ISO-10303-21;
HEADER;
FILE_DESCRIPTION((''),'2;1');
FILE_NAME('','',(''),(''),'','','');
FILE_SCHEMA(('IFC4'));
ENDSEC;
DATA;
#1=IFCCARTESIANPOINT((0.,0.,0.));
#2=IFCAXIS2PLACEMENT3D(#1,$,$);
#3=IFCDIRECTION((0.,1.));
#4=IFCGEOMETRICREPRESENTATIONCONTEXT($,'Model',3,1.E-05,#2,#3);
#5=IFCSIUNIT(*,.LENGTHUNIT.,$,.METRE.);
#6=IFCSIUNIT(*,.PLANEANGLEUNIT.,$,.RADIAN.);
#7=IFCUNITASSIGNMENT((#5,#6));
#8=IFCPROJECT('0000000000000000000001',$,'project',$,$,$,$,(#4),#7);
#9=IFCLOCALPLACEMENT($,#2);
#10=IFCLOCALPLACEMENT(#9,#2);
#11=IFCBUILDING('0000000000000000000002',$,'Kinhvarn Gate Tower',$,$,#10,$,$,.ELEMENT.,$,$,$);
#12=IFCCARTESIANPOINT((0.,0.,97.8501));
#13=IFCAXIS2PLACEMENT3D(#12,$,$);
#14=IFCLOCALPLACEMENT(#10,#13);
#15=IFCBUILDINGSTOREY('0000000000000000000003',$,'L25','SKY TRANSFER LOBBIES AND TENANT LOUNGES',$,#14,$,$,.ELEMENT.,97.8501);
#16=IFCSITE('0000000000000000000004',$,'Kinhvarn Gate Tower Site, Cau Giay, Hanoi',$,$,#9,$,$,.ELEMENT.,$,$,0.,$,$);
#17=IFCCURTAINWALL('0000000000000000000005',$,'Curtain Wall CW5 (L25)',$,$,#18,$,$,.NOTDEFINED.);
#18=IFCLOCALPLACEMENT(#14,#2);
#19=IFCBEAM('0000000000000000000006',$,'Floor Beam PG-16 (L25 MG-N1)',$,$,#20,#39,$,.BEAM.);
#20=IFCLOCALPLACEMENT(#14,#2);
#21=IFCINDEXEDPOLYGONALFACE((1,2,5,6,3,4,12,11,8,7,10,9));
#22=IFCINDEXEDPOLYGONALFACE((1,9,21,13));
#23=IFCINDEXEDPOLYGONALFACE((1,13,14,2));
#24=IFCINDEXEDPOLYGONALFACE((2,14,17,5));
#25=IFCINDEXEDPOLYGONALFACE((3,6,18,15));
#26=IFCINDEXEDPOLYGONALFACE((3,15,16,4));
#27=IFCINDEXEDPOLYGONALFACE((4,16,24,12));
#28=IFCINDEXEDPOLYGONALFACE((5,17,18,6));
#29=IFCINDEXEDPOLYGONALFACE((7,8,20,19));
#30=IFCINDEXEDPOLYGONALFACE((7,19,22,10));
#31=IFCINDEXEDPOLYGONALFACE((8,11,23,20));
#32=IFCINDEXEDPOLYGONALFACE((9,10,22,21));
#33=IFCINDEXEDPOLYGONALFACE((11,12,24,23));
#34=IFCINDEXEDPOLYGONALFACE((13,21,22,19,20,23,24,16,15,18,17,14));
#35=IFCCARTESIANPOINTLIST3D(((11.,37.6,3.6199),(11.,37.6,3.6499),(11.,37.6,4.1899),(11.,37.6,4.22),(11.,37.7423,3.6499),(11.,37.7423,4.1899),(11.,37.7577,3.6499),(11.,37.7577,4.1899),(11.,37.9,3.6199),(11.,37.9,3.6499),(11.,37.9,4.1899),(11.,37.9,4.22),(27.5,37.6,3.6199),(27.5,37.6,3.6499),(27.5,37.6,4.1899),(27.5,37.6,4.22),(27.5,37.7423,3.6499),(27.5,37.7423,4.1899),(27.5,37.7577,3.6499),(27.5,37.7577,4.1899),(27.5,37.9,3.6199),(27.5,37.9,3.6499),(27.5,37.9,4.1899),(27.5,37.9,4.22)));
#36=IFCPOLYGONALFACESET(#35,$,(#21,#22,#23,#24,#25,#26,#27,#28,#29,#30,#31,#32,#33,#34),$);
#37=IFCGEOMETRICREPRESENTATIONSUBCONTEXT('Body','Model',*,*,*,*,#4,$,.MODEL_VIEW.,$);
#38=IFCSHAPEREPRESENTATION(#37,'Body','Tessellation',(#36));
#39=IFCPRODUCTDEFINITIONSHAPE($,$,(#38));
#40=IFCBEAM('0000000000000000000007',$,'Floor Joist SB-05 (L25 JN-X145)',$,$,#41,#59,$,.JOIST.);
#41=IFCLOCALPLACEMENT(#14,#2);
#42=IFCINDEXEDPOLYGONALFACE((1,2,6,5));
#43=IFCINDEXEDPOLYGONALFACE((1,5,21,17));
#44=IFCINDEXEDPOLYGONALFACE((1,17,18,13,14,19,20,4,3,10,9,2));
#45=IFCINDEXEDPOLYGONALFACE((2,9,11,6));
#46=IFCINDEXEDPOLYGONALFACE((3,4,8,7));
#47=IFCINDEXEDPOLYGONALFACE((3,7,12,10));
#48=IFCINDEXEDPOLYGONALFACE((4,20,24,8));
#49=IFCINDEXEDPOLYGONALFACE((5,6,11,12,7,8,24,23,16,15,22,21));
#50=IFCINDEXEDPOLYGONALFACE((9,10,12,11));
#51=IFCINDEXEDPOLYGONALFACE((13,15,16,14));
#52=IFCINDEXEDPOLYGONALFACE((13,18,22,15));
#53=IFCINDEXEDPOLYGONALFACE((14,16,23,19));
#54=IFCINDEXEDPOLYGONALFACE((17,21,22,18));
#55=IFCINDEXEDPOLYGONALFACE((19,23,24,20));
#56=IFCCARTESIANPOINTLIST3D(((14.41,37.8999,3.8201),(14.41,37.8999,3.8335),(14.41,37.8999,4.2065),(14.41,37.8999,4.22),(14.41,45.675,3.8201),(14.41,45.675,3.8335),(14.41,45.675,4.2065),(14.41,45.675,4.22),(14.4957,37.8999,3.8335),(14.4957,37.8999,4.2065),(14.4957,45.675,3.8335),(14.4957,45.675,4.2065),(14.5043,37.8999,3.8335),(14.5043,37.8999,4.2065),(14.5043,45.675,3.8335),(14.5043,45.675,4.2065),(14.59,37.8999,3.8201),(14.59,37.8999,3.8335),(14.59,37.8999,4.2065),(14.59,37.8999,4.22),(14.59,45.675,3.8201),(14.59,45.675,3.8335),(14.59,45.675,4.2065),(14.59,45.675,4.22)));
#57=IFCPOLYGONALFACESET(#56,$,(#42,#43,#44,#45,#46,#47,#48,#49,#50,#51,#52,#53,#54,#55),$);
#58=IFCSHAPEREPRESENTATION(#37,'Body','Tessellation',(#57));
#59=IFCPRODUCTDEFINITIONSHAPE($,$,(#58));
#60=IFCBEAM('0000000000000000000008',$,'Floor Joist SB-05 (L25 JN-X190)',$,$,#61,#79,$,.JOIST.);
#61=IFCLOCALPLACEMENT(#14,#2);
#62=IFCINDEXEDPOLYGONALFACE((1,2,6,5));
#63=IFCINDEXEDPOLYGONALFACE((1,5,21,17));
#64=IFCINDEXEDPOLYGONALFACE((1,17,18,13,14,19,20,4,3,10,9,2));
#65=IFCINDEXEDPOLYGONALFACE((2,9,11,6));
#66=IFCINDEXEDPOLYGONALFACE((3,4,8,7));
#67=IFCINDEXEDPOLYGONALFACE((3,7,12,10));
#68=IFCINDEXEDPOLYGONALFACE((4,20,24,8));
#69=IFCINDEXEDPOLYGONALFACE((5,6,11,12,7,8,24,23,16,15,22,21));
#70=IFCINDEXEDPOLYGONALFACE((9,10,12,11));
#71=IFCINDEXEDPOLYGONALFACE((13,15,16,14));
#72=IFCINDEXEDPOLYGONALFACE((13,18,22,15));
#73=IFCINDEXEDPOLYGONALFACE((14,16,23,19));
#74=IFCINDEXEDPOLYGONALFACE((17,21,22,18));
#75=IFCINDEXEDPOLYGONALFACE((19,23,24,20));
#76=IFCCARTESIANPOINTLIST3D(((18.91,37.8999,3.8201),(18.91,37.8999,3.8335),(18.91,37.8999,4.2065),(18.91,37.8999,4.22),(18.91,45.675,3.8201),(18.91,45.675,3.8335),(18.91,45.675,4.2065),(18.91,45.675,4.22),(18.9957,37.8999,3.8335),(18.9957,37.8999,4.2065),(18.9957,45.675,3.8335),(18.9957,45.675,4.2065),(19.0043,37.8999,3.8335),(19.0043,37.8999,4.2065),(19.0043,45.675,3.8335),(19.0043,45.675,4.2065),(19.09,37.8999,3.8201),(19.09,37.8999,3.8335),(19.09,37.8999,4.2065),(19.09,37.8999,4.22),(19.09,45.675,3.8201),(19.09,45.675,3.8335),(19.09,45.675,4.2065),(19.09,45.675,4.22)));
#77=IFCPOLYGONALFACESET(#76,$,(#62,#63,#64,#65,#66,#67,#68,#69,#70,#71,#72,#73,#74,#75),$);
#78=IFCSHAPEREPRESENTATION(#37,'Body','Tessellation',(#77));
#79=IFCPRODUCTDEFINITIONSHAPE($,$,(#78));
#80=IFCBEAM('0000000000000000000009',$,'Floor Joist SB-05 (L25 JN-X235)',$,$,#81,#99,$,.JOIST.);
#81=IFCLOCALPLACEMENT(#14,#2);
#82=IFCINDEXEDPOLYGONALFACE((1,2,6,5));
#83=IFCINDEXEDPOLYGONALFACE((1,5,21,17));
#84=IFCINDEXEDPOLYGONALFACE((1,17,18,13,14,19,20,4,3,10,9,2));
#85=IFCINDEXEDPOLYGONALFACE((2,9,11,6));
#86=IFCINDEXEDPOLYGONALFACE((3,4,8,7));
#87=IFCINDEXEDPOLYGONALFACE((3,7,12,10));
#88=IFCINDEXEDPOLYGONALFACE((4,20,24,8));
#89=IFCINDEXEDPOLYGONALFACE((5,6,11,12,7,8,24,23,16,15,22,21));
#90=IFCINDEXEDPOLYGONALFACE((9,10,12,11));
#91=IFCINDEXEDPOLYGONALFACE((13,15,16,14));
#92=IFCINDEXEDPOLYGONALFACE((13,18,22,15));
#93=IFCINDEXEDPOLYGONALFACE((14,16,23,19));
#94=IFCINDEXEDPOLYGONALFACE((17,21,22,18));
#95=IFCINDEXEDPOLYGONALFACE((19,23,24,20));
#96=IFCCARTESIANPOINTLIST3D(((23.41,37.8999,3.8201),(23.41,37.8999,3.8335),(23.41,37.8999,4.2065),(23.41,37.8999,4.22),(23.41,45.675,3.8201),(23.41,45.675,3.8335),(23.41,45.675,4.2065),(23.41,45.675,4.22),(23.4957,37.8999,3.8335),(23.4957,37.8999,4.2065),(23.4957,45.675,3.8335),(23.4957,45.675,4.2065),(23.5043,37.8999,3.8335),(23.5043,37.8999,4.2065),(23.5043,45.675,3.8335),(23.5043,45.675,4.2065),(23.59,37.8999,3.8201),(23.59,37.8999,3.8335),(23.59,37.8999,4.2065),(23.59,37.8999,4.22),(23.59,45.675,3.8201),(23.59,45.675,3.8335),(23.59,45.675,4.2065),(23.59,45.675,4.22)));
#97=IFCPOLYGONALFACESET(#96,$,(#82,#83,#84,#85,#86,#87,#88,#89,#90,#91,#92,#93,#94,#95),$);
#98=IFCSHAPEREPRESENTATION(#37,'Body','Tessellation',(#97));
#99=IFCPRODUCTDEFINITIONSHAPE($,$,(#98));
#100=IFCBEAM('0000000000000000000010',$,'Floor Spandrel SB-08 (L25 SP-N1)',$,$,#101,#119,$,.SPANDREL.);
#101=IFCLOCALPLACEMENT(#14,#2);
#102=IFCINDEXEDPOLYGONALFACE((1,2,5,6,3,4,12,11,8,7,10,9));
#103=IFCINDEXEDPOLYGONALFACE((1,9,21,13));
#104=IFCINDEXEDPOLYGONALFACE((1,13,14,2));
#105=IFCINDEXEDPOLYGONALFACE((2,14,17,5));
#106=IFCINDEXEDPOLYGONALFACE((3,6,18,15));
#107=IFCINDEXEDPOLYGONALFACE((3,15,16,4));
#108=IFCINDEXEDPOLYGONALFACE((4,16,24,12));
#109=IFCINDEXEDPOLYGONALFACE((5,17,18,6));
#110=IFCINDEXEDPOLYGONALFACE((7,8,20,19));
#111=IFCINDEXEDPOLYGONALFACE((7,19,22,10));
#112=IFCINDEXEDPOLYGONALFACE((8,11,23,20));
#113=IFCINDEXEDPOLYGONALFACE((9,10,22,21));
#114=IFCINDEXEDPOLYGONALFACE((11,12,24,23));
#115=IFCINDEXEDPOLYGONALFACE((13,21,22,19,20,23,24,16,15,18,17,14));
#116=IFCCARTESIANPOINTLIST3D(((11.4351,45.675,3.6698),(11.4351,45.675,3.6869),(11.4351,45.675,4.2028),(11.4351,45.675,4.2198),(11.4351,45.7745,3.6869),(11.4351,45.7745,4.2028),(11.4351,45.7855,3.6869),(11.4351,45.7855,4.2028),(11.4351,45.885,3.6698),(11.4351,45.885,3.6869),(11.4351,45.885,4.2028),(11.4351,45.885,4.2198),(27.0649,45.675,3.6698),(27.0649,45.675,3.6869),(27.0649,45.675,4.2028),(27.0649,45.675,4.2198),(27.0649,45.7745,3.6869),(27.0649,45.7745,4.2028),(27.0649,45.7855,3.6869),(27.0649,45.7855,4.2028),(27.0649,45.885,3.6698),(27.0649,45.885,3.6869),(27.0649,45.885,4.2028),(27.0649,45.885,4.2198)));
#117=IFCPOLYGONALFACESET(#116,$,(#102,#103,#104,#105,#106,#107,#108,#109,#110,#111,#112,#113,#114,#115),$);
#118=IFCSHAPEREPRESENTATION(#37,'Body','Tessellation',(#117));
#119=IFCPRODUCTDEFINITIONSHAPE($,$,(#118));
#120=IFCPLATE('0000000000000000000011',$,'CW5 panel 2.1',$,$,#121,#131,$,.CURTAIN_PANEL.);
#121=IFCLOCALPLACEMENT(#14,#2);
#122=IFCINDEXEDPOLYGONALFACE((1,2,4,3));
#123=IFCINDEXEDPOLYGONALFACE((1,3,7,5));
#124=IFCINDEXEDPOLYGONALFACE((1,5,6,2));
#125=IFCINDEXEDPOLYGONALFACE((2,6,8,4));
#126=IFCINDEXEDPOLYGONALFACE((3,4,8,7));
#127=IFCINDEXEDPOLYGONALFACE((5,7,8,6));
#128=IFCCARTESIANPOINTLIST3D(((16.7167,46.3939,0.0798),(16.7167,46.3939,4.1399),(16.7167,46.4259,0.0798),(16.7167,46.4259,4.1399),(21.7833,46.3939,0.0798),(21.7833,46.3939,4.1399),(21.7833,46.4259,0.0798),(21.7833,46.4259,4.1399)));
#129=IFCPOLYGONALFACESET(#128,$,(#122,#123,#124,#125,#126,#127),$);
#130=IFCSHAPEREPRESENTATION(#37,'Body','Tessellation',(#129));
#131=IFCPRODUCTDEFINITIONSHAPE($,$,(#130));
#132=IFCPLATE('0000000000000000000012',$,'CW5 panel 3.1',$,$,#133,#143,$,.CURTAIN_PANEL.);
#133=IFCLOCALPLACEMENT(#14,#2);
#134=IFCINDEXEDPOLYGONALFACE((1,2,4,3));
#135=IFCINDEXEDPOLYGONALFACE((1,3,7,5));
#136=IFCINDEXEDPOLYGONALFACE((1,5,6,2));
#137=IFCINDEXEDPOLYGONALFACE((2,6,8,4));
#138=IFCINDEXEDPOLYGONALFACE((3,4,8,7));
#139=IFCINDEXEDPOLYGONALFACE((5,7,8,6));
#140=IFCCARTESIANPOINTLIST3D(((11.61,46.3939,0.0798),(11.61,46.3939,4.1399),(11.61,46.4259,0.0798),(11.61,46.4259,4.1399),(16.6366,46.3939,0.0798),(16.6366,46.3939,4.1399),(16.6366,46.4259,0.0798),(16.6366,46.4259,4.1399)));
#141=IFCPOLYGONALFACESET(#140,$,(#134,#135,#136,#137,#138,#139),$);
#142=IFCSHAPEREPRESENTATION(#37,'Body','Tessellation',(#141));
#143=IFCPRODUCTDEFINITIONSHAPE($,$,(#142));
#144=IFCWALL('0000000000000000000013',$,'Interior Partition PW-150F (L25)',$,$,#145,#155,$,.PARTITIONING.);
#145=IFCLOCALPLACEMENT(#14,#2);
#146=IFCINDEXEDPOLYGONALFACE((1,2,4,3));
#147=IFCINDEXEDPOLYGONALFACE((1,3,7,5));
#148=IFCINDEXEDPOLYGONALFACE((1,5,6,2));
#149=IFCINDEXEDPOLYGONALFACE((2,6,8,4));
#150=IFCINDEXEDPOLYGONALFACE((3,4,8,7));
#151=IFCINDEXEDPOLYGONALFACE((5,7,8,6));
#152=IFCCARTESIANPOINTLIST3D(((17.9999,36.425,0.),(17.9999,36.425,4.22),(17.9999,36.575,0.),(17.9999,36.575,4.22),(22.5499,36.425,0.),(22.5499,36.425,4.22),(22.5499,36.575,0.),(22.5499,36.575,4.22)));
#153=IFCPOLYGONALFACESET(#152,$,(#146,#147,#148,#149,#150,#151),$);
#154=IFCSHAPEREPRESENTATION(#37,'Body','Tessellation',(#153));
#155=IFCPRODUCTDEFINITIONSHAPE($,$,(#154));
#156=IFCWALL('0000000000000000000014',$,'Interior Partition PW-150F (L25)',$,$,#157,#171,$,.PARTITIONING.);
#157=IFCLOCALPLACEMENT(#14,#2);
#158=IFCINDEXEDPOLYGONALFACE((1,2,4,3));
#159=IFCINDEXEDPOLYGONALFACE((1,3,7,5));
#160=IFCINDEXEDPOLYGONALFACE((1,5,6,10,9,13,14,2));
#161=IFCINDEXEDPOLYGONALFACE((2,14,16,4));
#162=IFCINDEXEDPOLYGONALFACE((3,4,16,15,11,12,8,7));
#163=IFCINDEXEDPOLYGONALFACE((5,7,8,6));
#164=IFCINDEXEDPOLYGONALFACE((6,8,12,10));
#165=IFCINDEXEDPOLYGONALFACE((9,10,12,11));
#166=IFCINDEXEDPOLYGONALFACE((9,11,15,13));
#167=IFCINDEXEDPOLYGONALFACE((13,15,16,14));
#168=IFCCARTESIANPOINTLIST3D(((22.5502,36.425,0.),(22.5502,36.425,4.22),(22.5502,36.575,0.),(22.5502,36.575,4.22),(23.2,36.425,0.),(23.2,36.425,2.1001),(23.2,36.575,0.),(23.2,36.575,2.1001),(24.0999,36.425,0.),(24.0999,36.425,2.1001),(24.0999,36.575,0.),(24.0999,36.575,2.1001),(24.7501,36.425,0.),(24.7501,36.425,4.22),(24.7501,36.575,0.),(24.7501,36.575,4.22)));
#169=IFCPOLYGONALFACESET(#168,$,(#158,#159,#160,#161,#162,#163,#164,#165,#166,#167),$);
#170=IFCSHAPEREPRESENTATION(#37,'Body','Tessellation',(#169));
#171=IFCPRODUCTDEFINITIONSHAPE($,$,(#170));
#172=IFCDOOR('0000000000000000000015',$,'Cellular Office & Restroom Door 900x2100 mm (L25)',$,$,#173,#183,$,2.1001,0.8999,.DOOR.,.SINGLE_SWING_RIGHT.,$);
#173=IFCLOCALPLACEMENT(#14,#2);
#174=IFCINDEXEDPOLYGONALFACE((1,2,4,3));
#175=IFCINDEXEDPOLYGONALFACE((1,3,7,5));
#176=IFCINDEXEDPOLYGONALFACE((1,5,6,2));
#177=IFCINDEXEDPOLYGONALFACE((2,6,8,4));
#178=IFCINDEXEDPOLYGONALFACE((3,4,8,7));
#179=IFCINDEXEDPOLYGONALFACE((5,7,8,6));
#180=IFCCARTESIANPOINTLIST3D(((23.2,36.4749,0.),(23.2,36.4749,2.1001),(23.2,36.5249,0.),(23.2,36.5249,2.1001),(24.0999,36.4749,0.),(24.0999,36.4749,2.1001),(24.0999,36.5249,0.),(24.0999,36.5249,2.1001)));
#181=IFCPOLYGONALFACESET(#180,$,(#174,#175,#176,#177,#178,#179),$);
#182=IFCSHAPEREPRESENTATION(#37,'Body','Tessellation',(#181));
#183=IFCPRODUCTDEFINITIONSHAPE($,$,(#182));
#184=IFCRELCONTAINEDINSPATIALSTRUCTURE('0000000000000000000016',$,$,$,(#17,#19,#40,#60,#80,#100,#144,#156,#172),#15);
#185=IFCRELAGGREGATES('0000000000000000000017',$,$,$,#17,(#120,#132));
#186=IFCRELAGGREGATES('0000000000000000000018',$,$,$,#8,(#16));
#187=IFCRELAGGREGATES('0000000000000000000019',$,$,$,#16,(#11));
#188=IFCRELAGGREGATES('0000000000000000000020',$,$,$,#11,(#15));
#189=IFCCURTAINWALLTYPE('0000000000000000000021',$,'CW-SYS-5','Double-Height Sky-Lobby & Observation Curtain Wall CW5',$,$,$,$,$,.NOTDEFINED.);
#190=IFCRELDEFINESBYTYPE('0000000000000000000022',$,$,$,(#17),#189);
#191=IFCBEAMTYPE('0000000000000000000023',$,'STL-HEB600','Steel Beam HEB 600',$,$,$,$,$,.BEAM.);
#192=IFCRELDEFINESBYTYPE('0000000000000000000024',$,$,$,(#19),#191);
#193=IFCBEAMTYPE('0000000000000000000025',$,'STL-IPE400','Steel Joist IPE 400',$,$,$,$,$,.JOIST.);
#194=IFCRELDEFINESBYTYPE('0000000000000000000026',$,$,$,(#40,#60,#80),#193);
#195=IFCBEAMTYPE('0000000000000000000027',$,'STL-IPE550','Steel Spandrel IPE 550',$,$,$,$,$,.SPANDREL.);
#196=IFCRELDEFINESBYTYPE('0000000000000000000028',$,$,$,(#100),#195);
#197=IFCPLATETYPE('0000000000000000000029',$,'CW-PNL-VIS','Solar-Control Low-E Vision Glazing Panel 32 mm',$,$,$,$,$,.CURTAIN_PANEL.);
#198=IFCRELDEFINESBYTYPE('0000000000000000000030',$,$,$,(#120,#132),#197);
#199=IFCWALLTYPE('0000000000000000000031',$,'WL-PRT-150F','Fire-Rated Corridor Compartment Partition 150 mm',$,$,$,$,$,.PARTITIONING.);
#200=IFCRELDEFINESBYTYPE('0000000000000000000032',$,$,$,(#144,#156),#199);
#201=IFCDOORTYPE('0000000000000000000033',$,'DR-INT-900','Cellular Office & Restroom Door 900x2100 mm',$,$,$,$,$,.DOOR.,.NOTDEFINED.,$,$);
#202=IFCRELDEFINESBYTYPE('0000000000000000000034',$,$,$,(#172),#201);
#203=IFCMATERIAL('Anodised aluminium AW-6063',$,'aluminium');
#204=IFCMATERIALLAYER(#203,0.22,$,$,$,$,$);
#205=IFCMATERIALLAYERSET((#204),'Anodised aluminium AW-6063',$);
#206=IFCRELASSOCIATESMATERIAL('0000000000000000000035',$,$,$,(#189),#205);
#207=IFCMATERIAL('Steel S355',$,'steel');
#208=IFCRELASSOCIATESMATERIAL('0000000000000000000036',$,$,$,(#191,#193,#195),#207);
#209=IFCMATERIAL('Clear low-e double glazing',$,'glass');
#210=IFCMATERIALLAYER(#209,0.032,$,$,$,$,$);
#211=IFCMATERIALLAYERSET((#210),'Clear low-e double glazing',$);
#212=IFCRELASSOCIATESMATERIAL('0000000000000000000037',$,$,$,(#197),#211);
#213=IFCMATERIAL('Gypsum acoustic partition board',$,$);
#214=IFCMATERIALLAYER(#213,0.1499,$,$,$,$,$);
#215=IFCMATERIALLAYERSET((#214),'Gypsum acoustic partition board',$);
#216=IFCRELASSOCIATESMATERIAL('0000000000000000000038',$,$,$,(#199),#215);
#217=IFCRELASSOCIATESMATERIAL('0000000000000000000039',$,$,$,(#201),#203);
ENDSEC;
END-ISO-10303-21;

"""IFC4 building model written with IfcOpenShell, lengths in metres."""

from ifc_helpers import new_model, si_unit, direction, frame, frame_2d, origin, origin_2d, place, context, subcontext, project, spatial, rectangle, i_section, extrude, material, layer, layer_set, material_profile, profile_set, type_object, element, fill, aggregate, save


model = new_model("IFC4")

# Units and contexts
model_context = context("Model", 3, precision=1e-05, world=origin(), true_north=direction((0.0, 1.0)))
body_context = subcontext(model_context, "Body", "Model", "MODEL_VIEW")
ifc_project = project(units=[si_unit("LENGTHUNIT", "METRE"), si_unit("PLANEANGLEUNIT", "RADIAN")], contexts=[model_context])

# Site, building, storey
site_placement = place(None, origin())
site = spatial("IfcSite", under=ifc_project, at=site_placement, Name="Kinhvarn Gate Tower Site, Cau Giay, Hanoi", CompositionType="ELEMENT", RefElevation=0.0)
building_placement = place(site_placement, origin())
building = spatial("IfcBuilding", under=site, at=building_placement, Name="Kinhvarn Gate Tower", CompositionType="ELEMENT")
storey_placement = place(building_placement, frame((0.0, 0.0, 97.8501)))
storey = spatial("IfcBuildingStorey", under=building, at=storey_placement, Name="L25", Description="SKY TRANSFER LOBBIES AND TENANT LOUNGES", CompositionType="ELEMENT", Elevation=97.8501)

# Curtain wall
ifc_material_1 = material(Name="Anodised aluminium AW-6063", Category="aluminium")
ifc_layer_1 = layer(ifc_material_1, 0.22)
ifc_layer_set_1 = layer_set([ifc_layer_1], Name="Anodised aluminium AW-6063")
curtain_wall_type = type_object("IfcCurtainWallType", Name="CW-SYS-5", Description="Double-Height Sky-Lobby & Observation Curtain Wall CW5", PredefinedType="NOTDEFINED", material=ifc_layer_set_1)
curtain_wall_placement = place(storey_placement, origin())
curtain_wall = element("IfcCurtainWall", 1, at=curtain_wall_placement, inside=storey, type_object=curtain_wall_type, Name="Curtain Wall CW5 (L25)", PredefinedType="NOTDEFINED")

# Beams
ifc_material_2 = material(Name="Steel S355", Category="steel")
ifc_material_profile_1 = material_profile(ifc_material_2, i_section(OverallWidth=0.3, OverallDepth=0.6001, WebThickness=0.0154, FlangeThickness=0.03, at=origin_2d()), Name="HEB 600")
ifc_profile_set_1 = profile_set([ifc_material_profile_1], Name="Steel S355")
beam_type_1 = type_object("IfcBeamType", Name="STL-HEB600", Description="Steel Beam HEB 600", PredefinedType="BEAM", material=ifc_profile_set_1)
beam_1_placement = place(storey_placement, frame((11.0, 37.75, 3.9199), z_axis=(1.0, 0.0, 0.0), x_axis=(0.0, 1.0, 0.0)))
element("IfcBeam", 2, at=beam_1_placement, inside=storey, type_object=beam_type_1, Name="Floor Beam PG-16 (L25 MG-N1)", PredefinedType="BEAM", context=body_context, shape_type="SweptSolid", body=[
    extrude(i_section(OverallWidth=0.3, OverallDepth=0.6001, WebThickness=0.0154, FlangeThickness=0.03, at=origin_2d()), origin(), (0.0, 0.0, 1.0), 16.5),
])
ifc_material_profile_2 = material_profile(ifc_material_2, i_section(OverallWidth=0.1799, OverallDepth=0.3999, WebThickness=0.0085, FlangeThickness=0.0134, at=origin_2d()), Name="IPE 400")
ifc_profile_set_2 = profile_set([ifc_material_profile_2], Name="Steel S355")
beam_type_2 = type_object("IfcBeamType", Name="STL-IPE400", Description="Steel Joist IPE 400", PredefinedType="JOIST", material=ifc_profile_set_2)
for number, where, z_axis, x_axis, name in (
    (3, (14.5, 37.8999, 4.02), (0.0, 1.0, 0.0), (-1.0, 0.0, 0.0), "Floor Joist SB-05 (L25 JN-X145)"),
    (4, (19.0, 37.8999, 4.02), (0.0, 1.0, 0.0), (-1.0, 0.0, 0.0), "Floor Joist SB-05 (L25 JN-X190)"),
    (5, (23.5, 37.8999, 4.02), (0.0, 1.0, 0.0), (-1.0, 0.0, 0.0), "Floor Joist SB-05 (L25 JN-X235)"),
):
    element("IfcBeam", number, at=place(storey_placement, frame(where, z_axis=z_axis, x_axis=x_axis)), inside=storey, type_object=beam_type_2, Name=name, PredefinedType="JOIST", context=body_context, shape_type="SweptSolid", body=[
        extrude(i_section(OverallWidth=0.1799, OverallDepth=0.3999, WebThickness=0.0085, FlangeThickness=0.0134, at=origin_2d()), origin(), (0.0, 0.0, 1.0), 7.7751),
    ])
ifc_material_profile_3 = material_profile(ifc_material_2, i_section(OverallWidth=0.21, OverallDepth=0.55, WebThickness=0.011, FlangeThickness=0.0171, at=origin_2d()), Name="IPE 550")
ifc_profile_set_3 = profile_set([ifc_material_profile_3], Name="Steel S355")
beam_type_3 = type_object("IfcBeamType", Name="STL-IPE550", Description="Steel Spandrel IPE 550", PredefinedType="SPANDREL", material=ifc_profile_set_3)
beam_2_placement = place(storey_placement, frame((11.4351, 45.78, 3.9448), z_axis=(1.0, 0.0, 0.0), x_axis=(0.0, 1.0, 0.0)))
element("IfcBeam", 6, at=beam_2_placement, inside=storey, type_object=beam_type_3, Name="Floor Spandrel SB-08 (L25 SP-N1)", PredefinedType="SPANDREL", context=body_context, shape_type="SweptSolid", body=[
    extrude(i_section(OverallWidth=0.21, OverallDepth=0.55, WebThickness=0.011, FlangeThickness=0.0171, at=origin_2d()), origin(), (0.0, 0.0, 1.0), 15.6299),
])

# Plates
ifc_material_3 = material(Name="Clear low-e double glazing", Category="glass")
ifc_layer_2 = layer(ifc_material_3, 0.032)
ifc_layer_set_2 = layer_set([ifc_layer_2], Name="Clear low-e double glazing")
plate_type = type_object("IfcPlateType", Name="CW-PNL-VIS", Description="Solar-Control Low-E Vision Glazing Panel 32 mm", PredefinedType="CURTAIN_PANEL", material=ifc_layer_set_2)
plate_1_placement = place(storey_placement, frame((19.25, 46.4099, 0.0798), z_axis=(0.0, 0.0, 1.0), x_axis=(-1.0, 0.0, 0.0)))
plate_1 = element("IfcPlate", 7, at=plate_1_placement, type_object=plate_type, Name="CW5 panel 2.1", PredefinedType="CURTAIN_PANEL", context=body_context, shape_type="SweptSolid", body=[
    extrude(rectangle(XDim=5.0667, YDim=0.032, at=origin_2d()), origin(), (0.0, 0.0, 1.0), 4.0601),
])
plate_2_placement = place(storey_placement, frame((14.1233, 46.4099, 0.0798), z_axis=(0.0, 0.0, 1.0), x_axis=(-1.0, 0.0, 0.0)))
plate_2 = element("IfcPlate", 8, at=plate_2_placement, type_object=plate_type, Name="CW5 panel 3.1", PredefinedType="CURTAIN_PANEL", context=body_context, shape_type="SweptSolid", body=[
    extrude(rectangle(XDim=5.0266, YDim=0.032, at=origin_2d()), origin(), (0.0, 0.0, 1.0), 4.0601),
])
aggregate(curtain_wall, [plate_1, plate_2])

# Wall
ifc_material_4 = material(Name="Gypsum acoustic partition board")
ifc_layer_3 = layer(ifc_material_4, 0.1499)
ifc_layer_set_3 = layer_set([ifc_layer_3], Name="Gypsum acoustic partition board")
wall_type_1 = type_object("IfcWallType", Name="WL-PRT-150F", Description="Fire-Rated Corridor Compartment Partition 150 mm", PredefinedType="PARTITIONING", material=ifc_layer_set_3)
wall_1_placement = place(storey_placement, frame((18.0, 36.5, 0.0), z_axis=(0.0, 0.0, 1.0), x_axis=(1.0, 0.0, 0.0)))
element("IfcWall", 9, at=wall_1_placement, inside=storey, type_object=wall_type_1, Name="Interior Partition PW-150F (L25)", PredefinedType="PARTITIONING", context=body_context, shape_type="SweptSolid", body=[
    extrude(rectangle(XDim=4.55, YDim=0.1499, at=frame_2d((2.2749, 0.0))), origin(), (0.0, 0.0, 1.0), 4.22),
])

# Wall, opening, door
wall_2_placement = place(storey_placement, frame((22.55, 36.5, 0.0), z_axis=(0.0, 0.0, 1.0), x_axis=(1.0, 0.0, 0.0)))
wall_2 = element("IfcWall", 10, at=wall_2_placement, inside=storey, type_object=wall_type_1, Name="Interior Partition PW-150F (L25)", PredefinedType="PARTITIONING", context=body_context, shape_type="SweptSolid", body=[
    extrude(rectangle(XDim=2.2, YDim=0.1499, at=frame_2d((1.1001, 0.0))), origin(), (0.0, 0.0, 1.0), 4.22),
])
opening_1_placement = place(wall_2_placement, frame((0.6499, 0.0, 0.0)))
opening_1 = element("IfcOpeningElement", 11, at=opening_1_placement, cuts=wall_2, PredefinedType="OPENING", context=body_context, shape_type="SweptSolid", body=[
    extrude(rectangle(XDim=0.8999, YDim=2.1001, at=frame_2d((0.45, 1.05))), frame((0.0, 0.085, 0.0), z_axis=(0.0, -1.0, 0.0), x_axis=(1.0, 0.0, 0.0)), (0.0, 0.0, 1.0), 0.1699),
])
door_type_1 = type_object("IfcDoorType", Name="DR-INT-900", Description="Cellular Office & Restroom Door 900x2100 mm", OperationType="NOTDEFINED", PredefinedType="DOOR", material=ifc_material_1)
door_1_placement = place(opening_1_placement, origin())
door_1 = element("IfcDoor", 12, at=door_1_placement, inside=storey, type_object=door_type_1, Name="Cellular Office & Restroom Door 900x2100 mm (L25)", OperationType="SINGLE_SWING_RIGHT", OverallHeight=2.1001, OverallWidth=0.8999, PredefinedType="DOOR", context=body_context, shape_type="SweptSolid", body=[
    extrude(rectangle(XDim=0.8999, YDim=2.1001, at=frame_2d((0.45, 1.05))), frame((0.0, 0.0249, 0.0), z_axis=(0.0, -1.0, 0.0), x_axis=(1.0, 0.0, 0.0)), (0.0, 0.0, 1.0), 0.05),
])
fill(opening_1, door_1)

save(model, "model.ifc")
